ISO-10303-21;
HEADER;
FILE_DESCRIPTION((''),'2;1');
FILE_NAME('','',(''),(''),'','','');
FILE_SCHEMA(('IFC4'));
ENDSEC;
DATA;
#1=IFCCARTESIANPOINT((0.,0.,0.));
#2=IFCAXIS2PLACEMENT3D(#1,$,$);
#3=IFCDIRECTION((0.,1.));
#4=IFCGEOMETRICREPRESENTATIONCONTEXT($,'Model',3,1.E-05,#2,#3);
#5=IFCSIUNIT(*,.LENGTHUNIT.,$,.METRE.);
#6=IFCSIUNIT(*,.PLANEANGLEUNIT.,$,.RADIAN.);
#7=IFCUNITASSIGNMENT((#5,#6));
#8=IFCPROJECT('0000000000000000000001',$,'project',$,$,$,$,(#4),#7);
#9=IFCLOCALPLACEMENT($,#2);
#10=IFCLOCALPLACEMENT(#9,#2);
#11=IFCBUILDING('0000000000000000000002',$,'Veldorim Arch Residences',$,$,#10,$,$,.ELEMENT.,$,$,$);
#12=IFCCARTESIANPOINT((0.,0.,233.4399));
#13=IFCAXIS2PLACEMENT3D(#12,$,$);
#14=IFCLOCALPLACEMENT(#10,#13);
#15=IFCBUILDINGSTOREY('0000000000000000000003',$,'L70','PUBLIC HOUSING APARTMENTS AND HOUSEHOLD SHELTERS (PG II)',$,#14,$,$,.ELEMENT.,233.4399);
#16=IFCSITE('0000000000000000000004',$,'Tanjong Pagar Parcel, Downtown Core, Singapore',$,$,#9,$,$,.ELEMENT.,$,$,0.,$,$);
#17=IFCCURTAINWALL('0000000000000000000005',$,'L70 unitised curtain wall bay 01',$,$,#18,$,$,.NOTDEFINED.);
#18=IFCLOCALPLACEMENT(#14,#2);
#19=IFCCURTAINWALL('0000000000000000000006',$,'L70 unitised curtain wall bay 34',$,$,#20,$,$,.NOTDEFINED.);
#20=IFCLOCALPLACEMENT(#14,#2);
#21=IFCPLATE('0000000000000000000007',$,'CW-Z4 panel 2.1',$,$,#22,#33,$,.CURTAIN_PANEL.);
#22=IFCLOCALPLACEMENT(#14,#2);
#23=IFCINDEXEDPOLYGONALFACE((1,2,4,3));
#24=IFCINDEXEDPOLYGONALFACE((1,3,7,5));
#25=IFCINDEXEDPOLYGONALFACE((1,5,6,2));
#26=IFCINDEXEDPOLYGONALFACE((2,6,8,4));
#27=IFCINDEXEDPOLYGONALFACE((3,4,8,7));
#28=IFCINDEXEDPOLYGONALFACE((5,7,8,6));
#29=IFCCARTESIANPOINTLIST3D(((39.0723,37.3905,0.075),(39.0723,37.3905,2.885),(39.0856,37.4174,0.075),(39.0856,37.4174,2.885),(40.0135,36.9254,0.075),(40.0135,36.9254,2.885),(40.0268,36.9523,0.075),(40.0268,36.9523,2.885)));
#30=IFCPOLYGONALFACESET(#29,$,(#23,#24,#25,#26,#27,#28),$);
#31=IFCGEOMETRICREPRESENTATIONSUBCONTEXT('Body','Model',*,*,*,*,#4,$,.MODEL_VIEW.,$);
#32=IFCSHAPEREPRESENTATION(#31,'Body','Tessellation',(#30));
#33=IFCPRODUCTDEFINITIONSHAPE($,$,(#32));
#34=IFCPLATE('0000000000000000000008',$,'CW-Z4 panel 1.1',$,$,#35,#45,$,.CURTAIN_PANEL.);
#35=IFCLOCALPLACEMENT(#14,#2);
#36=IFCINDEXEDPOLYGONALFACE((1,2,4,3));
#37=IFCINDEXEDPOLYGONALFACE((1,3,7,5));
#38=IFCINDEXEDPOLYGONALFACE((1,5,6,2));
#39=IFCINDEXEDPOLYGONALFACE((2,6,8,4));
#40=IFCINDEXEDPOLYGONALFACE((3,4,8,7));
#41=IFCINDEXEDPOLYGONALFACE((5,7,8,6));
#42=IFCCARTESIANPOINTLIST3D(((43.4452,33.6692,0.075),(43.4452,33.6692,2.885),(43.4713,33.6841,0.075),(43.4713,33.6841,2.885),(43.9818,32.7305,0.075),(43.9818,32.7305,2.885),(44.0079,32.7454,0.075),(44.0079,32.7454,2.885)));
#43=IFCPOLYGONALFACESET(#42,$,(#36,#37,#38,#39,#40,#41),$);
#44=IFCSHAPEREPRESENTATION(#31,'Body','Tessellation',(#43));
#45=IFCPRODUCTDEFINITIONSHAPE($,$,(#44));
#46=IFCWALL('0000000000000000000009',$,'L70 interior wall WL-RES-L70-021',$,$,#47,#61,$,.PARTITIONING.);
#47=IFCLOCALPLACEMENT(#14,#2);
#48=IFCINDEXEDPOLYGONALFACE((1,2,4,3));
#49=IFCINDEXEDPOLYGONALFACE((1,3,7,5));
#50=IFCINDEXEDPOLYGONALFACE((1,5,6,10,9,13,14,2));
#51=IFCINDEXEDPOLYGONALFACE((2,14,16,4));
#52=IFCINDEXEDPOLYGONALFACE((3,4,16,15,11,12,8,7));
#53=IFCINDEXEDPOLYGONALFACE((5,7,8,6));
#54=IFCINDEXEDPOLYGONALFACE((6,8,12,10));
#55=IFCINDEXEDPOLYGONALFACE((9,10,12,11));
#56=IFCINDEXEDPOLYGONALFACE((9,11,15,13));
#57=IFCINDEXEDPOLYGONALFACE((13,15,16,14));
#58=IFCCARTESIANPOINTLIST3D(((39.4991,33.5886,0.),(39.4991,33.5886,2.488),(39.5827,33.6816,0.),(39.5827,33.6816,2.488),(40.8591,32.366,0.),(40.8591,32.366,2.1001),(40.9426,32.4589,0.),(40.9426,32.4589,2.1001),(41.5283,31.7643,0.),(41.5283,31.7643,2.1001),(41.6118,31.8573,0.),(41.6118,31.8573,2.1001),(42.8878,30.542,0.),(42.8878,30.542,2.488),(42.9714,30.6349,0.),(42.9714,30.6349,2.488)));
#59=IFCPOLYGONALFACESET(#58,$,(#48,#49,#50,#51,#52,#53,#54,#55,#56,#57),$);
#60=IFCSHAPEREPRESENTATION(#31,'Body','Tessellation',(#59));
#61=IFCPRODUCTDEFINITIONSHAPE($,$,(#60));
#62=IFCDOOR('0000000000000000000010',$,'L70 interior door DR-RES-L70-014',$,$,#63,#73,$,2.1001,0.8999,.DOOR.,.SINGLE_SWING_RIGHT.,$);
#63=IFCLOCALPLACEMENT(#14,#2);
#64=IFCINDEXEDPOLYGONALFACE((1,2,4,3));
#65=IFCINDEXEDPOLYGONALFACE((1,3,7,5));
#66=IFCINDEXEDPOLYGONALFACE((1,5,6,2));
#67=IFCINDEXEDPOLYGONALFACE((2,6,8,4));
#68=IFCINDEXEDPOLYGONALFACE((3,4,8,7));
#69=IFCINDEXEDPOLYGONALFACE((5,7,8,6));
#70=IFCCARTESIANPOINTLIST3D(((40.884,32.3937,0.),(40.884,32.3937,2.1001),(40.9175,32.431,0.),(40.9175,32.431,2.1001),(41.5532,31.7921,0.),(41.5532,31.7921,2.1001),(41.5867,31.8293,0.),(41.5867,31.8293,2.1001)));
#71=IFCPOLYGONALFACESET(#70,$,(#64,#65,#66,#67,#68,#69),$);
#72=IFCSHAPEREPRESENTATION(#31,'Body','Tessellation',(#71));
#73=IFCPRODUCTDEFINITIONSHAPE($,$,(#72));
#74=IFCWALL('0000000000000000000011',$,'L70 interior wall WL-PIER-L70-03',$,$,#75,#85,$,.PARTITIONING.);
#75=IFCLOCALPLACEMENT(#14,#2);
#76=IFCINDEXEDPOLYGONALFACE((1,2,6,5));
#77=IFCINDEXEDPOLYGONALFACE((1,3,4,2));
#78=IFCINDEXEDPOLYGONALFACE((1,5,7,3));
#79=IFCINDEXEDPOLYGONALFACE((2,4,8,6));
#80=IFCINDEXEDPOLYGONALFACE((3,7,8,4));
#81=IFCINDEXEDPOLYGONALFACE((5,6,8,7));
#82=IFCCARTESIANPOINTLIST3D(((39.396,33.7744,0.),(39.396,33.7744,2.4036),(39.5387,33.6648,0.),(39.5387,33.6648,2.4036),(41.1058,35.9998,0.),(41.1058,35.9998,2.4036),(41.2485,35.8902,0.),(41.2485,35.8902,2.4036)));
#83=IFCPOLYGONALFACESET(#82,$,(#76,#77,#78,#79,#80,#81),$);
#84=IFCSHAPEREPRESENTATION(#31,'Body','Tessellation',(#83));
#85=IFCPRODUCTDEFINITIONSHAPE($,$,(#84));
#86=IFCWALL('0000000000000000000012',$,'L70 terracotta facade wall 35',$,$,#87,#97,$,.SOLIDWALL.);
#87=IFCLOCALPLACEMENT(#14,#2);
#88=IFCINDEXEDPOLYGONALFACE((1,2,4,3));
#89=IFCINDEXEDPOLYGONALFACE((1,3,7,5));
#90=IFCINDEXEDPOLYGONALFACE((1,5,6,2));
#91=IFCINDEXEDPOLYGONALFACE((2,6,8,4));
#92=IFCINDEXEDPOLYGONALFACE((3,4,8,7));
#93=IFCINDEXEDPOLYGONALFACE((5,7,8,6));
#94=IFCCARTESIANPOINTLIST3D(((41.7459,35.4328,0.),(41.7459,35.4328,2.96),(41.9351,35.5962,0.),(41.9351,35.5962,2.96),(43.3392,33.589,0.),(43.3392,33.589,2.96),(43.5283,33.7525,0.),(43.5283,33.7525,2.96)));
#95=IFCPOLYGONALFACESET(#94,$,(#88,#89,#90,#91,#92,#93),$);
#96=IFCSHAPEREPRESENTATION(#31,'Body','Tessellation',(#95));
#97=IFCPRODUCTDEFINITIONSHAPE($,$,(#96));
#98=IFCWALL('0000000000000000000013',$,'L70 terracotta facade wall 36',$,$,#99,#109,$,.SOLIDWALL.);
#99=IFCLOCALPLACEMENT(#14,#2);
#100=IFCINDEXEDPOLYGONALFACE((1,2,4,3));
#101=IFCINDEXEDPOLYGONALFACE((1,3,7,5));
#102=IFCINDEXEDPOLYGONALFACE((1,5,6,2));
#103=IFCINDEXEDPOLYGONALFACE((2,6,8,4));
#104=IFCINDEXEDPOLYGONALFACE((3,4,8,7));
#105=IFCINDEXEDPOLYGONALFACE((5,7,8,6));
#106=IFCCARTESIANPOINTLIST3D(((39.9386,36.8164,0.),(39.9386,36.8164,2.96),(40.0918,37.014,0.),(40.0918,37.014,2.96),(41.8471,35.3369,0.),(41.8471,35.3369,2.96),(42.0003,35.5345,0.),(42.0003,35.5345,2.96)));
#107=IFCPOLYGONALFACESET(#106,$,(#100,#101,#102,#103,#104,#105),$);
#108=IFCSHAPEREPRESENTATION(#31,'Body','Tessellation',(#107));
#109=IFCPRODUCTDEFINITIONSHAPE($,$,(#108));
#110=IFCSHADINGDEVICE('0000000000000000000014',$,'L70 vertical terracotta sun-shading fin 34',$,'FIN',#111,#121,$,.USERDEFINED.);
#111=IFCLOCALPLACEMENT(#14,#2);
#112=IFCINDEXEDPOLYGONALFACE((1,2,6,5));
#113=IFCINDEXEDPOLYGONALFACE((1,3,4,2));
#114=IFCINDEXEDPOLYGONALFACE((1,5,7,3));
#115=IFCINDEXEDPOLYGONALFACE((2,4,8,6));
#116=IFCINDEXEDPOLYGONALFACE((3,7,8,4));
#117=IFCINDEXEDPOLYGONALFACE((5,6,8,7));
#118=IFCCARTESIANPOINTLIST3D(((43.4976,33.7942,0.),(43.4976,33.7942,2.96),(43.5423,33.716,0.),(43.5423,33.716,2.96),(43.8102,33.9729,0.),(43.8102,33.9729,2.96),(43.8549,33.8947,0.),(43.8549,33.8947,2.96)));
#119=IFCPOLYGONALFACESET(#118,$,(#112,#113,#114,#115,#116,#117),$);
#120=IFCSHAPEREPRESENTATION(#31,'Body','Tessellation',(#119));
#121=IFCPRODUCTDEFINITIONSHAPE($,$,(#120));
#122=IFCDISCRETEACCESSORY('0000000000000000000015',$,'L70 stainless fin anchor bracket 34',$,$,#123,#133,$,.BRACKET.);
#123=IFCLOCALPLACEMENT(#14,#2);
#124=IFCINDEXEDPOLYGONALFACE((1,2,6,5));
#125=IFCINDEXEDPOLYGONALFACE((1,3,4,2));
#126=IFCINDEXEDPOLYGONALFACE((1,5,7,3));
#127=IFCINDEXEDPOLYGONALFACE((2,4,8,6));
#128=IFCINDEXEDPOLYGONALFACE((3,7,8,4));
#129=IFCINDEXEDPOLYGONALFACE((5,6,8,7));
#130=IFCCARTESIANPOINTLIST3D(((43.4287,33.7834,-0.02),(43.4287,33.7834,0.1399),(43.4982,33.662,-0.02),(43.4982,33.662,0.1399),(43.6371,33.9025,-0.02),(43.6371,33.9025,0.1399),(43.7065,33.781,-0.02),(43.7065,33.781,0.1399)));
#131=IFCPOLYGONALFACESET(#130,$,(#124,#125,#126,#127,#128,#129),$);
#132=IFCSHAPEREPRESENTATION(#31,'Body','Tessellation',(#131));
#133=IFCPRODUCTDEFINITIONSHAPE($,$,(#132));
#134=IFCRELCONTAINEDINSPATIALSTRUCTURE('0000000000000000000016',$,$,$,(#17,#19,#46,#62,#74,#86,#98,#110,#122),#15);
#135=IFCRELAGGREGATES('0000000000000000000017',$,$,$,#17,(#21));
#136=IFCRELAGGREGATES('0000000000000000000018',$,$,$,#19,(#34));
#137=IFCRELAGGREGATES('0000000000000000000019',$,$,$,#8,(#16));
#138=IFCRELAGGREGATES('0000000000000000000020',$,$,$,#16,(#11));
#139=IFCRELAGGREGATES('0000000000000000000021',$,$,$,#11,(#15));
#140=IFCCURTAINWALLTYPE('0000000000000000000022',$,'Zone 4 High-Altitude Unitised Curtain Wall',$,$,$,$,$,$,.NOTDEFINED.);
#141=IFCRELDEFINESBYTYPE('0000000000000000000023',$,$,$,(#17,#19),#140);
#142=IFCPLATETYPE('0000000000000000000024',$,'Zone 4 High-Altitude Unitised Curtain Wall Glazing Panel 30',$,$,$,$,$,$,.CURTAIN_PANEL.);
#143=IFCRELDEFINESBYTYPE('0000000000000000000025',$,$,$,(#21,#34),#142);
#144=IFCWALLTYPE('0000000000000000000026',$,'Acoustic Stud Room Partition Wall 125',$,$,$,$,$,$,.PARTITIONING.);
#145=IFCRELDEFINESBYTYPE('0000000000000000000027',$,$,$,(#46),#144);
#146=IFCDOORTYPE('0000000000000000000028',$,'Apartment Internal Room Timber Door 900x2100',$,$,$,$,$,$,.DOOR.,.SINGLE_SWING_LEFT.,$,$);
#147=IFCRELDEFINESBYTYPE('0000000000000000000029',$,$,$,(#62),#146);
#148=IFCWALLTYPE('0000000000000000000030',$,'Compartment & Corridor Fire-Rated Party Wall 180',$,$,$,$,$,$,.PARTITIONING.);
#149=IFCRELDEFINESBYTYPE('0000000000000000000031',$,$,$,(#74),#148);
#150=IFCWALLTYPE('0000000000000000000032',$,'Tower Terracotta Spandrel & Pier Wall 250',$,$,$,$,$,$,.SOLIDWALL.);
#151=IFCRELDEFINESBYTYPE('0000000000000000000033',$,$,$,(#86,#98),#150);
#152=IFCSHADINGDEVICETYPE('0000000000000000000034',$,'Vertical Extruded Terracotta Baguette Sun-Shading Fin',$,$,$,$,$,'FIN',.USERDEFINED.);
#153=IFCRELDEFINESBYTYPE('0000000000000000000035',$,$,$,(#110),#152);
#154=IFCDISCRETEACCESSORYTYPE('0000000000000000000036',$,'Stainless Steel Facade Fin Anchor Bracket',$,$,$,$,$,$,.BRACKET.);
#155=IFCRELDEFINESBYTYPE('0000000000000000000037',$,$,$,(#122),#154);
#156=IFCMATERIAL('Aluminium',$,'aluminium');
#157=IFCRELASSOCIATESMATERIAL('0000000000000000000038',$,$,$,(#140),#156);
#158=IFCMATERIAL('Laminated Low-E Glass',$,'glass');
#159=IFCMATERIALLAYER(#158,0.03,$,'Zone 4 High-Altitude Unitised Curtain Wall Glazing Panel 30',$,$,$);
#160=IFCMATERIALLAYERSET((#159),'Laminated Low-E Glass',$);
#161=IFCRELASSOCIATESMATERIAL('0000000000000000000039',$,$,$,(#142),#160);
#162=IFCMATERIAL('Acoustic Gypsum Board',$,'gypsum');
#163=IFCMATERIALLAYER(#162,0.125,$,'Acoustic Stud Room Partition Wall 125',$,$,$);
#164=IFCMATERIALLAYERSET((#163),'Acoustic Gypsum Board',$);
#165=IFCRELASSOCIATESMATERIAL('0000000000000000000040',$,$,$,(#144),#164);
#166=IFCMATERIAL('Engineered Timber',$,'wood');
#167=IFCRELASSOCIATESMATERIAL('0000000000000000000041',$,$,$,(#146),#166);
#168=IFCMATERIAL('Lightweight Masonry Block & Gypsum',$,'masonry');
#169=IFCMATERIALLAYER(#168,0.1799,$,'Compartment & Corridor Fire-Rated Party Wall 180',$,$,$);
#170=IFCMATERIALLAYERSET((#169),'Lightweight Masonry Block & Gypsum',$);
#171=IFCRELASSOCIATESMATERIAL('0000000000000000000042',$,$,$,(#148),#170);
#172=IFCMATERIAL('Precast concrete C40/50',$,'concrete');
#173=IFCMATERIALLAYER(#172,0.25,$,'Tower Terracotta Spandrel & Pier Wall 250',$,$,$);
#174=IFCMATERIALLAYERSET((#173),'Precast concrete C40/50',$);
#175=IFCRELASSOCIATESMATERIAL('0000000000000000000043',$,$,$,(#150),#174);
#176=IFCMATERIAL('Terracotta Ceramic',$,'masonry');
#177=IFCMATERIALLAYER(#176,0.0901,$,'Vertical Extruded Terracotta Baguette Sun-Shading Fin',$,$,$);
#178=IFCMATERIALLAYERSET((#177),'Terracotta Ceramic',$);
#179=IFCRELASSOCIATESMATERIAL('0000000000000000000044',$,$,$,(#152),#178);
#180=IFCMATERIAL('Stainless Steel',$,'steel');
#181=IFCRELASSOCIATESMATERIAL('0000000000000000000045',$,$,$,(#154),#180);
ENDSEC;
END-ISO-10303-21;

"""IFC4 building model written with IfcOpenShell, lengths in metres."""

from ifc_helpers import new_model, si_unit, direction, frame, frame_2d, origin, origin_2d, place, context, subcontext, project, spatial, rectangle, extrude, material, layer, layer_set, type_object, element, fill, aggregate, save


model = new_model("IFC4")

# Units and contexts
model_context = context("Model", 3, precision=1e-05, world=origin(), true_north=direction((0.0, 1.0)))
body_context = subcontext(model_context, "Body", "Model", "MODEL_VIEW")
ifc_project = project(units=[si_unit("LENGTHUNIT", "METRE"), si_unit("PLANEANGLEUNIT", "RADIAN")], contexts=[model_context])

# Site, building, storey
site_placement = place(None, origin())
site = spatial("IfcSite", under=ifc_project, at=site_placement, Name="Tanjong Pagar Parcel, Downtown Core, Singapore", CompositionType="ELEMENT", RefElevation=0.0)
building_placement = place(site_placement, origin())
building = spatial("IfcBuilding", under=site, at=building_placement, Name="Veldorim Arch Residences", CompositionType="ELEMENT")
storey_placement = place(building_placement, frame((0.0, 0.0, 233.4399)))
storey = spatial("IfcBuildingStorey", under=building, at=storey_placement, Name="L70", Description="PUBLIC HOUSING APARTMENTS AND HOUSEHOLD SHELTERS (PG II)", CompositionType="ELEMENT", Elevation=233.4399)

# Curtain wall
ifc_material_1 = material(Name="Aluminium", Category="aluminium")
curtain_wall_type = type_object("IfcCurtainWallType", Name="Zone 4 High-Altitude Unitised Curtain Wall", PredefinedType="NOTDEFINED", material=ifc_material_1)
curtain_wall_1_placement = place(storey_placement, origin())
curtain_wall_1 = element("IfcCurtainWall", 1, at=curtain_wall_1_placement, inside=storey, type_object=curtain_wall_type, Name="L70 unitised curtain wall bay 01", PredefinedType="NOTDEFINED")

# Curtain wall
curtain_wall_2_placement = place(storey_placement, origin())
curtain_wall_2 = element("IfcCurtainWall", 2, at=curtain_wall_2_placement, inside=storey, type_object=curtain_wall_type, Name="L70 unitised curtain wall bay 34", PredefinedType="NOTDEFINED")

# Plates
ifc_material_2 = material(Name="Laminated Low-E Glass", Category="glass")
ifc_layer_1 = layer(ifc_material_2, 0.03, Name="Zone 4 High-Altitude Unitised Curtain Wall Glazing Panel 30")
ifc_layer_set_1 = layer_set([ifc_layer_1], Name="Laminated Low-E Glass")
plate_type = type_object("IfcPlateType", Name="Zone 4 High-Altitude Unitised Curtain Wall Glazing Panel 30", PredefinedType="CURTAIN_PANEL", material=ifc_layer_set_1)
plate_1_placement = place(storey_placement, frame((39.5496, 37.1714, 0.075), z_axis=(0.0, 0.0, 1.0), x_axis=(0.896525, -0.442993, 0.0)))
plate_1 = element("IfcPlate", 3, at=plate_1_placement, type_object=plate_type, Name="CW-Z4 panel 2.1", PredefinedType="CURTAIN_PANEL", context=body_context, shape_type="SweptSolid", body=[
    extrude(rectangle(XDim=1.0498, YDim=0.03, at=origin_2d()), origin(), (0.0, 0.0, 1.0), 2.8101),
])
aggregate(curtain_wall_1, [plate_1])
plate_2_placement = place(storey_placement, frame((43.7266, 33.2073, 0.075), z_axis=(0.0, 0.0, 1.0), x_axis=(0.496274, -0.868166, 0.0)))
plate_2 = element("IfcPlate", 4, at=plate_2_placement, type_object=plate_type, Name="CW-Z4 panel 1.1", PredefinedType="CURTAIN_PANEL", context=body_context, shape_type="SweptSolid", body=[
    extrude(rectangle(XDim=1.0813, YDim=0.03, at=origin_2d()), origin(), (0.0, 0.0, 1.0), 2.8101),
])
aggregate(curtain_wall_2, [plate_2])

# Wall, opening, door
ifc_material_3 = material(Name="Acoustic Gypsum Board", Category="gypsum")
ifc_layer_2 = layer(ifc_material_3, 0.125, Name="Acoustic Stud Room Partition Wall 125")
ifc_layer_set_2 = layer_set([ifc_layer_2], Name="Acoustic Gypsum Board")
wall_type_1 = type_object("IfcWallType", Name="Acoustic Stud Room Partition Wall 125", PredefinedType="PARTITIONING", material=ifc_layer_set_2)
wall_1_placement = place(storey_placement, frame((39.541, 33.635, 0.0), z_axis=(0.0, 0.0, 1.0), x_axis=(0.74364, -0.66858, 0.0)))
wall_1 = element("IfcWall", 5, at=wall_1_placement, inside=storey, type_object=wall_type_1, Name="L70 interior wall WL-RES-L70-021", PredefinedType="PARTITIONING", context=body_context, shape_type="SweptSolid", body=[
    extrude(rectangle(XDim=4.5569, YDim=0.125, at=frame_2d((2.2783, 0.0))), origin(), (0.0, 0.0, 1.0), 2.488),
])
opening_placement = place(wall_1_placement, frame((1.8286, 0.0, 0.0)))
opening = element("IfcOpeningElement", 6, at=opening_placement, cuts=wall_1, PredefinedType="OPENING", context=body_context, shape_type="SweptSolid", body=[
    extrude(rectangle(XDim=0.8999, YDim=2.1001, at=frame_2d((0.45, 1.05))), frame((0.0, 0.0725, 0.0), z_axis=(0.0, -1.0, 0.0), x_axis=(1.0, 0.0, 0.0)), (0.0, 0.0, 1.0), 0.145),
])
ifc_material_4 = material(Name="Engineered Timber", Category="wood")
door_type = type_object("IfcDoorType", Name="Apartment Internal Room Timber Door 900x2100", OperationType="SINGLE_SWING_LEFT", PredefinedType="DOOR", material=ifc_material_4)
door_placement = place(opening_placement, origin())
door = element("IfcDoor", 7, at=door_placement, inside=storey, type_object=door_type, Name="L70 interior door DR-RES-L70-014", OperationType="SINGLE_SWING_RIGHT", OverallHeight=2.1001, OverallWidth=0.8999, PredefinedType="DOOR", context=body_context, shape_type="SweptSolid", body=[
    extrude(rectangle(XDim=0.8999, YDim=2.1001, at=frame_2d((0.45, 1.05))), frame((0.0, 0.0249, 0.0), z_axis=(0.0, -1.0, 0.0), x_axis=(1.0, 0.0, 0.0)), (0.0, 0.0, 1.0), 0.05),
])
fill(opening, door)

# Walls
ifc_material_5 = material(Name="Lightweight Masonry Block & Gypsum", Category="masonry")
ifc_layer_3 = layer(ifc_material_5, 0.1799, Name="Compartment & Corridor Fire-Rated Party Wall 180")
ifc_layer_set_3 = layer_set([ifc_layer_3], Name="Lightweight Masonry Block & Gypsum")
wall_type_2 = type_object("IfcWallType", Name="Compartment & Corridor Fire-Rated Party Wall 180", PredefinedType="PARTITIONING", material=ifc_layer_set_3)
wall_2_placement = place(storey_placement, frame((39.4673, 33.7195, 0.0), z_axis=(0.0, 0.0, 1.0), x_axis=(0.609244, 0.792983, 0.0)))
element("IfcWall", 8, at=wall_2_placement, inside=storey, type_object=wall_type_2, Name="L70 interior wall WL-PIER-L70-03", PredefinedType="PARTITIONING", context=body_context, shape_type="SweptSolid", body=[
    extrude(rectangle(XDim=2.8064, YDim=0.1799, at=frame_2d((1.4033, 0.0))), origin(), (0.0, 0.0, 1.0), 2.4036),
])
ifc_material_6 = material(Name="Precast concrete C40/50", Category="concrete")
ifc_layer_4 = layer(ifc_material_6, 0.25, Name="Tower Terracotta Spandrel & Pier Wall 250")
ifc_layer_set_4 = layer_set([ifc_layer_4], Name="Precast concrete C40/50")
wall_type_3 = type_object("IfcWallType", Name="Tower Terracotta Spandrel & Pier Wall 250", PredefinedType="SOLIDWALL", material=ifc_layer_set_4)
wall_3_placement = place(storey_placement, frame((41.8406, 35.5144, 0.0), z_axis=(0.0, 0.0, 1.0), x_axis=(0.653839, -0.756634, 0.0)))
element("IfcWall", 9, at=wall_3_placement, inside=storey, type_object=wall_type_3, Name="L70 terracotta facade wall 35", PredefinedType="SOLIDWALL", context=body_context, shape_type="SweptSolid", body=[
    extrude(rectangle(XDim=2.4368, YDim=0.25, at=frame_2d((1.2183, 0.0))), origin(), (0.0, 0.0, 1.0), 2.96),
])
wall_4_placement = place(storey_placement, frame((40.0151, 36.9153, 0.0), z_axis=(0.0, 0.0, 1.0), x_axis=(0.790326, -0.612687, 0.0)))
element("IfcWall", 10, at=wall_4_placement, inside=storey, type_object=wall_type_3, Name="L70 terracotta facade wall 36", PredefinedType="SOLIDWALL", context=body_context, shape_type="SweptSolid", body=[
    extrude(rectangle(XDim=2.4148, YDim=0.25, at=frame_2d((1.2075, 0.0))), origin(), (0.0, 0.0, 1.0), 2.96),
])

# Shading device
ifc_material_7 = material(Name="Terracotta Ceramic", Category="masonry")
ifc_layer_5 = layer(ifc_material_7, 0.0901, Name="Vertical Extruded Terracotta Baguette Sun-Shading Fin")
ifc_layer_set_5 = layer_set([ifc_layer_5], Name="Terracotta Ceramic")
shading_device_type = type_object("IfcShadingDeviceType", Name="Vertical Extruded Terracotta Baguette Sun-Shading Fin", ElementType="FIN", PredefinedType="USERDEFINED", material=ifc_layer_set_5)
shading_device_placement = place(storey_placement, frame((43.6763, 33.8445, 0.0), z_axis=(0.0, 0.0, 1.0), x_axis=(0.496217, -0.868199, 0.0)))
element("IfcShadingDevice", 11, at=shading_device_placement, inside=storey, type_object=shading_device_type, Name="L70 vertical terracotta sun-shading fin 34", ObjectType="FIN", PredefinedType="USERDEFINED", context=body_context, shape_type="SweptSolid", body=[
    extrude(rectangle(XDim=0.0901, YDim=0.3601, at=origin_2d()), origin(), (0.0, 0.0, 1.0), 2.96),
])

# Discrete accessory
ifc_material_8 = material(Name="Stainless Steel", Category="steel")
discrete_accessory_type = type_object("IfcDiscreteAccessoryType", Name="Stainless Steel Facade Fin Anchor Bracket", PredefinedType="BRACKET", material=ifc_material_8)
discrete_accessory_placement = place(storey_placement, frame((43.5676, 33.7822, -0.02), z_axis=(0.0, 0.0, 1.0), x_axis=(0.496217, -0.868199, 0.0)))
element("IfcDiscreteAccessory", 12, at=discrete_accessory_placement, inside=storey, type_object=discrete_accessory_type, Name="L70 stainless fin anchor bracket 34", PredefinedType="BRACKET", context=body_context, shape_type="SweptSolid", body=[
    extrude(rectangle(XDim=0.1399, YDim=0.24, at=origin_2d()), origin(), (0.0, 0.0, 1.0), 0.1599),
])

save(model, "model.ifc")
